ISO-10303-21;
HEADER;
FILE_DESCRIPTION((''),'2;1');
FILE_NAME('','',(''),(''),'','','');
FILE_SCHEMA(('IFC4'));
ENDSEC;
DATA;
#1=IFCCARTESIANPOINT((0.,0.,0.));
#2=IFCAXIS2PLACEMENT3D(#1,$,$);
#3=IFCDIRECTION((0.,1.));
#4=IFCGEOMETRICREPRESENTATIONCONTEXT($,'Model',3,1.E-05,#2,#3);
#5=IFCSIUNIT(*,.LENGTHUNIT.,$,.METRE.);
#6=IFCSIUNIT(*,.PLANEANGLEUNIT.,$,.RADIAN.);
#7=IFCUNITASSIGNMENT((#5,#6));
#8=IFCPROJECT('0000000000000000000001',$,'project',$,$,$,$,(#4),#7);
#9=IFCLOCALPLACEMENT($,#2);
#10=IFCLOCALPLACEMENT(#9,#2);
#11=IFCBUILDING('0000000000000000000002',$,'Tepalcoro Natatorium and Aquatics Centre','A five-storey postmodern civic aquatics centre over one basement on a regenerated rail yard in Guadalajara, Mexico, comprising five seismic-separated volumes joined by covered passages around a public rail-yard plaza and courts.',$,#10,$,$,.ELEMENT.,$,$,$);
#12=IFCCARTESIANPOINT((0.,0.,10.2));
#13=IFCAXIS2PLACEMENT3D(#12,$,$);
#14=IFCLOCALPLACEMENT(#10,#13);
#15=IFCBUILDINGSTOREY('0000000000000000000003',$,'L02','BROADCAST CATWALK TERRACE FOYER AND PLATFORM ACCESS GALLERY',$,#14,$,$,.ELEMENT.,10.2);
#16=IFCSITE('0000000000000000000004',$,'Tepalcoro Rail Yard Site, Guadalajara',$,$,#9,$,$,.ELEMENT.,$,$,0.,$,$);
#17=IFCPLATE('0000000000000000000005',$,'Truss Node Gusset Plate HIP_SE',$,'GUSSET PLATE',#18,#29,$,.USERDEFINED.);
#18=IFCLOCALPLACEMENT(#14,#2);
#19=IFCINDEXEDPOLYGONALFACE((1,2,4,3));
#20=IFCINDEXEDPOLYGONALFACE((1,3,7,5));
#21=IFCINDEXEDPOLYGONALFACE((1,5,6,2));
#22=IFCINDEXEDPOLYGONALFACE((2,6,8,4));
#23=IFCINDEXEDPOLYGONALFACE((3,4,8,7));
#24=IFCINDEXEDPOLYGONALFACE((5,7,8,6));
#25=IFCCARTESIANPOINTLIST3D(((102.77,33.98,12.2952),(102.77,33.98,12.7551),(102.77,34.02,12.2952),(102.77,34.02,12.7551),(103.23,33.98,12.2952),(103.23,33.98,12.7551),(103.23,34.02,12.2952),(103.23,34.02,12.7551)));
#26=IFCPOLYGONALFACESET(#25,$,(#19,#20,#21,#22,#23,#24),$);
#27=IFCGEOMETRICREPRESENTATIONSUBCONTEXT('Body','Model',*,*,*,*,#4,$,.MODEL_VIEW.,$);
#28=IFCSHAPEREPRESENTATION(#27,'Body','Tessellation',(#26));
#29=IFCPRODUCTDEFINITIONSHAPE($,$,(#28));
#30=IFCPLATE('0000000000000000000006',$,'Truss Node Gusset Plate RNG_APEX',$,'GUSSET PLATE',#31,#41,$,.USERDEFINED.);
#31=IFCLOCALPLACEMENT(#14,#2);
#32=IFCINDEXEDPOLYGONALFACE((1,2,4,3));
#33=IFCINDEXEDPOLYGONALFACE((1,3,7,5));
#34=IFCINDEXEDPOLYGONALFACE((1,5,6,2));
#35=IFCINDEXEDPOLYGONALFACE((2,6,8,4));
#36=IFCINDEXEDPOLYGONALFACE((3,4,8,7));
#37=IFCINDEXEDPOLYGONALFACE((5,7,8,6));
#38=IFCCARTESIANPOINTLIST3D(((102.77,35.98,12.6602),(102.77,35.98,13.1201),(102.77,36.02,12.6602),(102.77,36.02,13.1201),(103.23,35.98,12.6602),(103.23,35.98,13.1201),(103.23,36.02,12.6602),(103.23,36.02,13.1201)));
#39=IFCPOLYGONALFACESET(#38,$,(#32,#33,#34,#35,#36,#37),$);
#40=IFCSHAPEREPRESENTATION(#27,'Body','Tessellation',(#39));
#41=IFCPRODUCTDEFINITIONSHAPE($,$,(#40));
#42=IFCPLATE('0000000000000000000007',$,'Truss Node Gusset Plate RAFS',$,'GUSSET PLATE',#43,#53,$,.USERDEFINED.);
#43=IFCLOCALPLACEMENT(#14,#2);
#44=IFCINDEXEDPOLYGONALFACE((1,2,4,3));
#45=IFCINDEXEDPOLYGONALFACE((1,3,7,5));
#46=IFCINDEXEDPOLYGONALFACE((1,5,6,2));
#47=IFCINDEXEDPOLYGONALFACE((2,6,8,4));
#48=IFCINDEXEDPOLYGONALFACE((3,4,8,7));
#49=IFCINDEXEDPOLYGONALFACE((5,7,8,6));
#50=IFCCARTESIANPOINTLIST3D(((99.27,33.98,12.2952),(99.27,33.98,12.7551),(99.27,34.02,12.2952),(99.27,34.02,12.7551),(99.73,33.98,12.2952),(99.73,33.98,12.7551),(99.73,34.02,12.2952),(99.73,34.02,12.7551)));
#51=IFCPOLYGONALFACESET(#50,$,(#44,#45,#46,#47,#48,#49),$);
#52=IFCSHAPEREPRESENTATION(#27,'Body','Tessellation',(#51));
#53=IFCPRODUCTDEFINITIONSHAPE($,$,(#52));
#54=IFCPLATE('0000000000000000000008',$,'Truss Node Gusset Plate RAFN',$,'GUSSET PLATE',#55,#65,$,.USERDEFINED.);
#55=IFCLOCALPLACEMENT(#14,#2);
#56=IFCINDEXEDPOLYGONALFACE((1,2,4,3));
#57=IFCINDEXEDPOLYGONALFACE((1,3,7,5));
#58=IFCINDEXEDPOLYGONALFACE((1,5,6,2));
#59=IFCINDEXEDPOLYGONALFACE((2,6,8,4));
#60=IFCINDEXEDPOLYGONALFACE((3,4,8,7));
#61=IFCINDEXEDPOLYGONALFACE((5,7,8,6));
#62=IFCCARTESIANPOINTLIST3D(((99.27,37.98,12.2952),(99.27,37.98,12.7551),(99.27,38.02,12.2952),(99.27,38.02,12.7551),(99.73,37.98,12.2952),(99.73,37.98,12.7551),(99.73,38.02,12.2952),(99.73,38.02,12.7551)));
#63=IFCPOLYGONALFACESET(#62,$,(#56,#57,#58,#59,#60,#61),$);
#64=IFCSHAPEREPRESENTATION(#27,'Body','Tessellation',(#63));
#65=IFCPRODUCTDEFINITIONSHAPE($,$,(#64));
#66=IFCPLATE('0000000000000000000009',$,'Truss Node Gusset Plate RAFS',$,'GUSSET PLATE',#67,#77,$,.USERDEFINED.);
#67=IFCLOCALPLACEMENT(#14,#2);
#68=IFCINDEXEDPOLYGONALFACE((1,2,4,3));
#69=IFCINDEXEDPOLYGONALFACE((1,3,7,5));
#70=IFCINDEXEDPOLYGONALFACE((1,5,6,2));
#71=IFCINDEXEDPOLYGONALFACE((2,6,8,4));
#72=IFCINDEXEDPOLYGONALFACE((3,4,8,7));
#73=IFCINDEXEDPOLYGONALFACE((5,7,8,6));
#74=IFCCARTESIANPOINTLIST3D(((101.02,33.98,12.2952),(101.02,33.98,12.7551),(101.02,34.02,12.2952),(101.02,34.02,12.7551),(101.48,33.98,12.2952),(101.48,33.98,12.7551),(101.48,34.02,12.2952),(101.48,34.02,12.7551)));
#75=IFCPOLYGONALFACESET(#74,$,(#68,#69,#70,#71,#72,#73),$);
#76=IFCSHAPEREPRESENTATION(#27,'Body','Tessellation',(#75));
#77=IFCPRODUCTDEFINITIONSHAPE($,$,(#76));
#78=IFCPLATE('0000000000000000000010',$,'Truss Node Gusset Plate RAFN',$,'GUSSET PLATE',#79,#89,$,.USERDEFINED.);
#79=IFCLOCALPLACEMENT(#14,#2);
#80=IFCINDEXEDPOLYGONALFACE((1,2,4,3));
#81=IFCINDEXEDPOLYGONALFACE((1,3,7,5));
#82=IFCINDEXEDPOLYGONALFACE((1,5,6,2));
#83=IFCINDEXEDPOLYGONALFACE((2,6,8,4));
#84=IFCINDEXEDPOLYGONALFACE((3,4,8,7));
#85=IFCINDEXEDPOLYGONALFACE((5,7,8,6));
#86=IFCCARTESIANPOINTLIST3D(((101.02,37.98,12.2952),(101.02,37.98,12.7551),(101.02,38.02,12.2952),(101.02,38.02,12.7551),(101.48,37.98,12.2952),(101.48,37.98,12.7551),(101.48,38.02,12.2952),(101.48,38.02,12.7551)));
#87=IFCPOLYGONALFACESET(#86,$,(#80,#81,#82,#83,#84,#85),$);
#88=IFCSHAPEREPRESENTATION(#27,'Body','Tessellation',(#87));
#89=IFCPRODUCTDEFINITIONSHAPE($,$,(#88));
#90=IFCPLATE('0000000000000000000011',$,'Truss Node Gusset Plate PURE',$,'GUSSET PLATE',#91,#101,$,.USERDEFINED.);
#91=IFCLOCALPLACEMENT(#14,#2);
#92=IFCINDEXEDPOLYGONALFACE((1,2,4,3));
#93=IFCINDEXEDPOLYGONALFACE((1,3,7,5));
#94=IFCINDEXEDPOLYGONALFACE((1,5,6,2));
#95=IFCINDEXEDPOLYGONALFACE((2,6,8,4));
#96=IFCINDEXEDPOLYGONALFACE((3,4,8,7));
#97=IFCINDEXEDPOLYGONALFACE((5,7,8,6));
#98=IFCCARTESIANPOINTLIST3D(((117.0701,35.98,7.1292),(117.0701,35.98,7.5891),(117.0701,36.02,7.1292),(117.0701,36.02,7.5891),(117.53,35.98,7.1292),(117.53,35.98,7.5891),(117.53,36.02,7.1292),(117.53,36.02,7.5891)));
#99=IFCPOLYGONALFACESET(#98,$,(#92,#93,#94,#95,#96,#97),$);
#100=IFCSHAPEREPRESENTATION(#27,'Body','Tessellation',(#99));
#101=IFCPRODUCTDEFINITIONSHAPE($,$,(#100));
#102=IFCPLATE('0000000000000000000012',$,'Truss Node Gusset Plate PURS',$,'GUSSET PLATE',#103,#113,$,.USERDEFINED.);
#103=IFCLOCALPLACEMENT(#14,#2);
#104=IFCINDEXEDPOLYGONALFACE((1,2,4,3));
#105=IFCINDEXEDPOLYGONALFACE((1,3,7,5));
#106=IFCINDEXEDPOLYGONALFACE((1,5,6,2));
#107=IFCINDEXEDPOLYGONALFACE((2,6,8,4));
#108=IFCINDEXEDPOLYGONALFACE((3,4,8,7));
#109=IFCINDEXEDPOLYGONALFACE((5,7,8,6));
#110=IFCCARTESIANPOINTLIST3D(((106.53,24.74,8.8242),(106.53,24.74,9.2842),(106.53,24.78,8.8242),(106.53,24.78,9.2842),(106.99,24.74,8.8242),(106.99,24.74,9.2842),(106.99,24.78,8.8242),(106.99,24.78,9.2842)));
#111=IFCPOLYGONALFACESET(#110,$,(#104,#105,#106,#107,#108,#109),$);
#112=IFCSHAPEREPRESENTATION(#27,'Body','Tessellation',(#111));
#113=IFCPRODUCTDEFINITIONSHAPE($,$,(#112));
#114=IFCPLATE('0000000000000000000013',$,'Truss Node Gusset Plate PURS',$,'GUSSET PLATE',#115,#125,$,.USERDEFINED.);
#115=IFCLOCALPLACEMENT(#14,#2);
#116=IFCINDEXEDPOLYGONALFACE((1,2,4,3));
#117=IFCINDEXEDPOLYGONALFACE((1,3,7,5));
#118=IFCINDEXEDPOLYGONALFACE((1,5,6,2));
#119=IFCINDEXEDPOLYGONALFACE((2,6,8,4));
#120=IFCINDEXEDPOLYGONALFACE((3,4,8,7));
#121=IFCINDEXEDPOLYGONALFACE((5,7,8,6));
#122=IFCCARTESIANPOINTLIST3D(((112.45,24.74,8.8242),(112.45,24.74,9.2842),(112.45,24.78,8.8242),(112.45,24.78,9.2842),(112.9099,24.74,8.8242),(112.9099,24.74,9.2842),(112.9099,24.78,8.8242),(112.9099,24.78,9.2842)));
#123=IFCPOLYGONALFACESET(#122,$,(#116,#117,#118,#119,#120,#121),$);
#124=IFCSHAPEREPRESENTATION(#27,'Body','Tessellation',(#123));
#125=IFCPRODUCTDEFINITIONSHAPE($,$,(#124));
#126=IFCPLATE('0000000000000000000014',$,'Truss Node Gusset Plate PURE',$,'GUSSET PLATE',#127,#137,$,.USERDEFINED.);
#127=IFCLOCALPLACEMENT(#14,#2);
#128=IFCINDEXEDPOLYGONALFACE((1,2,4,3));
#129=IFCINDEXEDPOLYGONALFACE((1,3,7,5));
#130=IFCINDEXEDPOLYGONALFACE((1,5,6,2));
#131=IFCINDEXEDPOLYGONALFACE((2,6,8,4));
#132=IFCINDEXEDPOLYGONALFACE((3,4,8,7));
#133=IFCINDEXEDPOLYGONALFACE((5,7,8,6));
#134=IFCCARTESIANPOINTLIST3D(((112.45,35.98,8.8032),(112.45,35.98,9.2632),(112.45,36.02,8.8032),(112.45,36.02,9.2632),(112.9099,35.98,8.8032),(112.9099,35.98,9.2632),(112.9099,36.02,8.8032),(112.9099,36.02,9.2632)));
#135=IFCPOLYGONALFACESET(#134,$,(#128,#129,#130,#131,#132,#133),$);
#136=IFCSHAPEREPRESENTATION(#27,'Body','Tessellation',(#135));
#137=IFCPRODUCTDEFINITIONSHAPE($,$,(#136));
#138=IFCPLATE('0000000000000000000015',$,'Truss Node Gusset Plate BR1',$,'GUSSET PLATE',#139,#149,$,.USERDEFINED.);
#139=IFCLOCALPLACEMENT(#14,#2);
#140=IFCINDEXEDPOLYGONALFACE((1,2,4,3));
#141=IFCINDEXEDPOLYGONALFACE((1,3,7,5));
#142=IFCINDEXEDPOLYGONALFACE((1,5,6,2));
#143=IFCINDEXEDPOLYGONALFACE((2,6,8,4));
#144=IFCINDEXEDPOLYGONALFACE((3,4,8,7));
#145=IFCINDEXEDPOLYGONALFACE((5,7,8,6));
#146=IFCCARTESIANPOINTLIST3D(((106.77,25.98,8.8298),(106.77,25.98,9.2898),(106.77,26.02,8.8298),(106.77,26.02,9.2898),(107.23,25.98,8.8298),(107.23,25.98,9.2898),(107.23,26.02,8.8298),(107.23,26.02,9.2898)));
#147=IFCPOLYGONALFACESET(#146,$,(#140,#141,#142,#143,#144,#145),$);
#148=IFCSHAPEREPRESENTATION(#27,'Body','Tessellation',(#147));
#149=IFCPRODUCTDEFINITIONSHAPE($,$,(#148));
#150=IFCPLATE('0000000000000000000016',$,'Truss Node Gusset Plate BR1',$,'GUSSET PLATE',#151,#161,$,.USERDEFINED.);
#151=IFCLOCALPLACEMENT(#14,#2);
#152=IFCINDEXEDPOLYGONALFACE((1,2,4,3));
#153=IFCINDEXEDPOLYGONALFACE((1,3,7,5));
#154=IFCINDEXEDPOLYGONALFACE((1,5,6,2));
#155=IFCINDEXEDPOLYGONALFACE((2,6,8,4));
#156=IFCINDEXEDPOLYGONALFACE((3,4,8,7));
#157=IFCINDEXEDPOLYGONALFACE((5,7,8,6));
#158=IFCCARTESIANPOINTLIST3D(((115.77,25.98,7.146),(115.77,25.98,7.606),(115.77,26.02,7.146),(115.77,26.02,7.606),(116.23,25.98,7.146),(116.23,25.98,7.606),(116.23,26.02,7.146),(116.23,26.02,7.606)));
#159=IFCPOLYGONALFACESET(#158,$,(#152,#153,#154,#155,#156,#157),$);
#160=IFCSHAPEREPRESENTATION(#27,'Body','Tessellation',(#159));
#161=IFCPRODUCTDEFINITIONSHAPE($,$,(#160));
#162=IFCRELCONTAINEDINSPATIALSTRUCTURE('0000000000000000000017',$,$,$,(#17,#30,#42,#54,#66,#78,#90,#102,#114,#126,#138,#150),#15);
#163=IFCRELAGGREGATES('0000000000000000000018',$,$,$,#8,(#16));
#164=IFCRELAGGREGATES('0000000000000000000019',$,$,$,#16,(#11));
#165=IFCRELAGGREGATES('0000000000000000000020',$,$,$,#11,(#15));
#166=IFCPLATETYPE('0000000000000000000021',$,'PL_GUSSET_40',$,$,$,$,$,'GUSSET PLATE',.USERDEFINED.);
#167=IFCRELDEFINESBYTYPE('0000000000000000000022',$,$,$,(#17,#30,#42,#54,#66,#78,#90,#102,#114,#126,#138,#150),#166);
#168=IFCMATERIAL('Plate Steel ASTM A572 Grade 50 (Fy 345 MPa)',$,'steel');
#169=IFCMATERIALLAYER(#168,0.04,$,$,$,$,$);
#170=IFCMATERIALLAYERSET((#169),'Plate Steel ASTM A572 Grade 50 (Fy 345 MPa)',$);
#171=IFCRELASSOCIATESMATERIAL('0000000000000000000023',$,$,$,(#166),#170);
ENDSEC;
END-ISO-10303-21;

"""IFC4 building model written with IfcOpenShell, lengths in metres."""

from ifc_helpers import new_model, si_unit, direction, frame, origin, origin_2d, place, context, subcontext, project, spatial, rectangle, extrude, material, layer, layer_set, type_object, element, save


model = new_model("IFC4")

# Units and contexts
model_context = context("Model", 3, precision=1e-05, world=origin(), true_north=direction((0.0, 1.0)))
body_context = subcontext(model_context, "Body", "Model", "MODEL_VIEW")
ifc_project = project(units=[si_unit("LENGTHUNIT", "METRE"), si_unit("PLANEANGLEUNIT", "RADIAN")], contexts=[model_context])

# Site, building, storey
site_placement = place(None, origin())
site = spatial("IfcSite", under=ifc_project, at=site_placement, Name="Tepalcoro Rail Yard Site, Guadalajara", CompositionType="ELEMENT", RefElevation=0.0)
building_placement = place(site_placement, origin())
building = spatial("IfcBuilding", under=site, at=building_placement, Name="Tepalcoro Natatorium and Aquatics Centre", Description="A five-storey postmodern civic aquatics centre over one basement on a regenerated rail yard in Guadalajara, Mexico, comprising five seismic-separated volumes joined by covered passages around a public rail-yard plaza and courts.", CompositionType="ELEMENT")
storey_placement = place(building_placement, frame((0.0, 0.0, 10.2)))
storey = spatial("IfcBuildingStorey", under=building, at=storey_placement, Name="L02", Description="BROADCAST CATWALK TERRACE FOYER AND PLATFORM ACCESS GALLERY", CompositionType="ELEMENT", Elevation=10.2)

# Plates
ifc_material_1 = material(Name="Plate Steel ASTM A572 Grade 50 (Fy 345 MPa)", Category="steel")
ifc_layer = layer(ifc_material_1, 0.04)
ifc_layer_set = layer_set([ifc_layer], Name="Plate Steel ASTM A572 Grade 50 (Fy 345 MPa)")
plate_type = type_object("IfcPlateType", Name="PL_GUSSET_40", ElementType="GUSSET PLATE", PredefinedType="USERDEFINED", material=ifc_layer_set)
for number, where, z_axis, x_axis, name in (
    (1, (103.0, 34.0, 12.2952), (0.0, 0.0, 1.0), (1.0, 0.0, 0.0), "Truss Node Gusset Plate HIP_SE"),
    (2, (103.0, 36.0, 12.6602), (0.0, 0.0, 1.0), (1.0, 0.0, 0.0), "Truss Node Gusset Plate RNG_APEX"),
    (3, (99.5, 34.0, 12.2952), (0.0, 0.0, 1.0), (1.0, 0.0, 0.0), "Truss Node Gusset Plate RAFS"),
    (4, (99.5, 38.0, 12.2952), (0.0, 0.0, 1.0), (1.0, 0.0, 0.0), "Truss Node Gusset Plate RAFN"),
    (5, (101.25, 34.0, 12.2952), (0.0, 0.0, 1.0), (1.0, 0.0, 0.0), "Truss Node Gusset Plate RAFS"),
    (6, (101.25, 38.0, 12.2952), (0.0, 0.0, 1.0), (1.0, 0.0, 0.0), "Truss Node Gusset Plate RAFN"),
    (7, (117.3, 36.0, 7.1292), (0.0, 0.0, 1.0), (1.0, 0.0, 0.0), "Truss Node Gusset Plate PURE"),
    (8, (106.76, 24.76, 8.8242), (0.0, 0.0, 1.0), (1.0, 0.0, 0.0), "Truss Node Gusset Plate PURS"),
    (9, (112.6799, 24.76, 8.8242), (0.0, 0.0, 1.0), (1.0, 0.0, 0.0), "Truss Node Gusset Plate PURS"),
    (10, (112.6799, 36.0, 8.8032), (0.0, 0.0, 1.0), (1.0, 0.0, 0.0), "Truss Node Gusset Plate PURE"),
    (11, (107.0, 26.0, 8.8298), (0.0, 0.0, 1.0), (1.0, 0.0, 0.0), "Truss Node Gusset Plate BR1"),
    (12, (116.0, 26.0, 7.146), (0.0, 0.0, 1.0), (1.0, 0.0, 0.0), "Truss Node Gusset Plate BR1"),
):
    element("IfcPlate", number, at=place(storey_placement, frame(where, z_axis=z_axis, x_axis=x_axis)), inside=storey, type_object=plate_type, Name=name, ObjectType="GUSSET PLATE", PredefinedType="USERDEFINED", context=body_context, shape_type="SweptSolid", body=[
        extrude(rectangle(XDim=0.46, YDim=0.04, at=origin_2d()), origin(), (0.0, 0.0, 1.0), 0.46),
    ])

save(model, "model.ifc")
